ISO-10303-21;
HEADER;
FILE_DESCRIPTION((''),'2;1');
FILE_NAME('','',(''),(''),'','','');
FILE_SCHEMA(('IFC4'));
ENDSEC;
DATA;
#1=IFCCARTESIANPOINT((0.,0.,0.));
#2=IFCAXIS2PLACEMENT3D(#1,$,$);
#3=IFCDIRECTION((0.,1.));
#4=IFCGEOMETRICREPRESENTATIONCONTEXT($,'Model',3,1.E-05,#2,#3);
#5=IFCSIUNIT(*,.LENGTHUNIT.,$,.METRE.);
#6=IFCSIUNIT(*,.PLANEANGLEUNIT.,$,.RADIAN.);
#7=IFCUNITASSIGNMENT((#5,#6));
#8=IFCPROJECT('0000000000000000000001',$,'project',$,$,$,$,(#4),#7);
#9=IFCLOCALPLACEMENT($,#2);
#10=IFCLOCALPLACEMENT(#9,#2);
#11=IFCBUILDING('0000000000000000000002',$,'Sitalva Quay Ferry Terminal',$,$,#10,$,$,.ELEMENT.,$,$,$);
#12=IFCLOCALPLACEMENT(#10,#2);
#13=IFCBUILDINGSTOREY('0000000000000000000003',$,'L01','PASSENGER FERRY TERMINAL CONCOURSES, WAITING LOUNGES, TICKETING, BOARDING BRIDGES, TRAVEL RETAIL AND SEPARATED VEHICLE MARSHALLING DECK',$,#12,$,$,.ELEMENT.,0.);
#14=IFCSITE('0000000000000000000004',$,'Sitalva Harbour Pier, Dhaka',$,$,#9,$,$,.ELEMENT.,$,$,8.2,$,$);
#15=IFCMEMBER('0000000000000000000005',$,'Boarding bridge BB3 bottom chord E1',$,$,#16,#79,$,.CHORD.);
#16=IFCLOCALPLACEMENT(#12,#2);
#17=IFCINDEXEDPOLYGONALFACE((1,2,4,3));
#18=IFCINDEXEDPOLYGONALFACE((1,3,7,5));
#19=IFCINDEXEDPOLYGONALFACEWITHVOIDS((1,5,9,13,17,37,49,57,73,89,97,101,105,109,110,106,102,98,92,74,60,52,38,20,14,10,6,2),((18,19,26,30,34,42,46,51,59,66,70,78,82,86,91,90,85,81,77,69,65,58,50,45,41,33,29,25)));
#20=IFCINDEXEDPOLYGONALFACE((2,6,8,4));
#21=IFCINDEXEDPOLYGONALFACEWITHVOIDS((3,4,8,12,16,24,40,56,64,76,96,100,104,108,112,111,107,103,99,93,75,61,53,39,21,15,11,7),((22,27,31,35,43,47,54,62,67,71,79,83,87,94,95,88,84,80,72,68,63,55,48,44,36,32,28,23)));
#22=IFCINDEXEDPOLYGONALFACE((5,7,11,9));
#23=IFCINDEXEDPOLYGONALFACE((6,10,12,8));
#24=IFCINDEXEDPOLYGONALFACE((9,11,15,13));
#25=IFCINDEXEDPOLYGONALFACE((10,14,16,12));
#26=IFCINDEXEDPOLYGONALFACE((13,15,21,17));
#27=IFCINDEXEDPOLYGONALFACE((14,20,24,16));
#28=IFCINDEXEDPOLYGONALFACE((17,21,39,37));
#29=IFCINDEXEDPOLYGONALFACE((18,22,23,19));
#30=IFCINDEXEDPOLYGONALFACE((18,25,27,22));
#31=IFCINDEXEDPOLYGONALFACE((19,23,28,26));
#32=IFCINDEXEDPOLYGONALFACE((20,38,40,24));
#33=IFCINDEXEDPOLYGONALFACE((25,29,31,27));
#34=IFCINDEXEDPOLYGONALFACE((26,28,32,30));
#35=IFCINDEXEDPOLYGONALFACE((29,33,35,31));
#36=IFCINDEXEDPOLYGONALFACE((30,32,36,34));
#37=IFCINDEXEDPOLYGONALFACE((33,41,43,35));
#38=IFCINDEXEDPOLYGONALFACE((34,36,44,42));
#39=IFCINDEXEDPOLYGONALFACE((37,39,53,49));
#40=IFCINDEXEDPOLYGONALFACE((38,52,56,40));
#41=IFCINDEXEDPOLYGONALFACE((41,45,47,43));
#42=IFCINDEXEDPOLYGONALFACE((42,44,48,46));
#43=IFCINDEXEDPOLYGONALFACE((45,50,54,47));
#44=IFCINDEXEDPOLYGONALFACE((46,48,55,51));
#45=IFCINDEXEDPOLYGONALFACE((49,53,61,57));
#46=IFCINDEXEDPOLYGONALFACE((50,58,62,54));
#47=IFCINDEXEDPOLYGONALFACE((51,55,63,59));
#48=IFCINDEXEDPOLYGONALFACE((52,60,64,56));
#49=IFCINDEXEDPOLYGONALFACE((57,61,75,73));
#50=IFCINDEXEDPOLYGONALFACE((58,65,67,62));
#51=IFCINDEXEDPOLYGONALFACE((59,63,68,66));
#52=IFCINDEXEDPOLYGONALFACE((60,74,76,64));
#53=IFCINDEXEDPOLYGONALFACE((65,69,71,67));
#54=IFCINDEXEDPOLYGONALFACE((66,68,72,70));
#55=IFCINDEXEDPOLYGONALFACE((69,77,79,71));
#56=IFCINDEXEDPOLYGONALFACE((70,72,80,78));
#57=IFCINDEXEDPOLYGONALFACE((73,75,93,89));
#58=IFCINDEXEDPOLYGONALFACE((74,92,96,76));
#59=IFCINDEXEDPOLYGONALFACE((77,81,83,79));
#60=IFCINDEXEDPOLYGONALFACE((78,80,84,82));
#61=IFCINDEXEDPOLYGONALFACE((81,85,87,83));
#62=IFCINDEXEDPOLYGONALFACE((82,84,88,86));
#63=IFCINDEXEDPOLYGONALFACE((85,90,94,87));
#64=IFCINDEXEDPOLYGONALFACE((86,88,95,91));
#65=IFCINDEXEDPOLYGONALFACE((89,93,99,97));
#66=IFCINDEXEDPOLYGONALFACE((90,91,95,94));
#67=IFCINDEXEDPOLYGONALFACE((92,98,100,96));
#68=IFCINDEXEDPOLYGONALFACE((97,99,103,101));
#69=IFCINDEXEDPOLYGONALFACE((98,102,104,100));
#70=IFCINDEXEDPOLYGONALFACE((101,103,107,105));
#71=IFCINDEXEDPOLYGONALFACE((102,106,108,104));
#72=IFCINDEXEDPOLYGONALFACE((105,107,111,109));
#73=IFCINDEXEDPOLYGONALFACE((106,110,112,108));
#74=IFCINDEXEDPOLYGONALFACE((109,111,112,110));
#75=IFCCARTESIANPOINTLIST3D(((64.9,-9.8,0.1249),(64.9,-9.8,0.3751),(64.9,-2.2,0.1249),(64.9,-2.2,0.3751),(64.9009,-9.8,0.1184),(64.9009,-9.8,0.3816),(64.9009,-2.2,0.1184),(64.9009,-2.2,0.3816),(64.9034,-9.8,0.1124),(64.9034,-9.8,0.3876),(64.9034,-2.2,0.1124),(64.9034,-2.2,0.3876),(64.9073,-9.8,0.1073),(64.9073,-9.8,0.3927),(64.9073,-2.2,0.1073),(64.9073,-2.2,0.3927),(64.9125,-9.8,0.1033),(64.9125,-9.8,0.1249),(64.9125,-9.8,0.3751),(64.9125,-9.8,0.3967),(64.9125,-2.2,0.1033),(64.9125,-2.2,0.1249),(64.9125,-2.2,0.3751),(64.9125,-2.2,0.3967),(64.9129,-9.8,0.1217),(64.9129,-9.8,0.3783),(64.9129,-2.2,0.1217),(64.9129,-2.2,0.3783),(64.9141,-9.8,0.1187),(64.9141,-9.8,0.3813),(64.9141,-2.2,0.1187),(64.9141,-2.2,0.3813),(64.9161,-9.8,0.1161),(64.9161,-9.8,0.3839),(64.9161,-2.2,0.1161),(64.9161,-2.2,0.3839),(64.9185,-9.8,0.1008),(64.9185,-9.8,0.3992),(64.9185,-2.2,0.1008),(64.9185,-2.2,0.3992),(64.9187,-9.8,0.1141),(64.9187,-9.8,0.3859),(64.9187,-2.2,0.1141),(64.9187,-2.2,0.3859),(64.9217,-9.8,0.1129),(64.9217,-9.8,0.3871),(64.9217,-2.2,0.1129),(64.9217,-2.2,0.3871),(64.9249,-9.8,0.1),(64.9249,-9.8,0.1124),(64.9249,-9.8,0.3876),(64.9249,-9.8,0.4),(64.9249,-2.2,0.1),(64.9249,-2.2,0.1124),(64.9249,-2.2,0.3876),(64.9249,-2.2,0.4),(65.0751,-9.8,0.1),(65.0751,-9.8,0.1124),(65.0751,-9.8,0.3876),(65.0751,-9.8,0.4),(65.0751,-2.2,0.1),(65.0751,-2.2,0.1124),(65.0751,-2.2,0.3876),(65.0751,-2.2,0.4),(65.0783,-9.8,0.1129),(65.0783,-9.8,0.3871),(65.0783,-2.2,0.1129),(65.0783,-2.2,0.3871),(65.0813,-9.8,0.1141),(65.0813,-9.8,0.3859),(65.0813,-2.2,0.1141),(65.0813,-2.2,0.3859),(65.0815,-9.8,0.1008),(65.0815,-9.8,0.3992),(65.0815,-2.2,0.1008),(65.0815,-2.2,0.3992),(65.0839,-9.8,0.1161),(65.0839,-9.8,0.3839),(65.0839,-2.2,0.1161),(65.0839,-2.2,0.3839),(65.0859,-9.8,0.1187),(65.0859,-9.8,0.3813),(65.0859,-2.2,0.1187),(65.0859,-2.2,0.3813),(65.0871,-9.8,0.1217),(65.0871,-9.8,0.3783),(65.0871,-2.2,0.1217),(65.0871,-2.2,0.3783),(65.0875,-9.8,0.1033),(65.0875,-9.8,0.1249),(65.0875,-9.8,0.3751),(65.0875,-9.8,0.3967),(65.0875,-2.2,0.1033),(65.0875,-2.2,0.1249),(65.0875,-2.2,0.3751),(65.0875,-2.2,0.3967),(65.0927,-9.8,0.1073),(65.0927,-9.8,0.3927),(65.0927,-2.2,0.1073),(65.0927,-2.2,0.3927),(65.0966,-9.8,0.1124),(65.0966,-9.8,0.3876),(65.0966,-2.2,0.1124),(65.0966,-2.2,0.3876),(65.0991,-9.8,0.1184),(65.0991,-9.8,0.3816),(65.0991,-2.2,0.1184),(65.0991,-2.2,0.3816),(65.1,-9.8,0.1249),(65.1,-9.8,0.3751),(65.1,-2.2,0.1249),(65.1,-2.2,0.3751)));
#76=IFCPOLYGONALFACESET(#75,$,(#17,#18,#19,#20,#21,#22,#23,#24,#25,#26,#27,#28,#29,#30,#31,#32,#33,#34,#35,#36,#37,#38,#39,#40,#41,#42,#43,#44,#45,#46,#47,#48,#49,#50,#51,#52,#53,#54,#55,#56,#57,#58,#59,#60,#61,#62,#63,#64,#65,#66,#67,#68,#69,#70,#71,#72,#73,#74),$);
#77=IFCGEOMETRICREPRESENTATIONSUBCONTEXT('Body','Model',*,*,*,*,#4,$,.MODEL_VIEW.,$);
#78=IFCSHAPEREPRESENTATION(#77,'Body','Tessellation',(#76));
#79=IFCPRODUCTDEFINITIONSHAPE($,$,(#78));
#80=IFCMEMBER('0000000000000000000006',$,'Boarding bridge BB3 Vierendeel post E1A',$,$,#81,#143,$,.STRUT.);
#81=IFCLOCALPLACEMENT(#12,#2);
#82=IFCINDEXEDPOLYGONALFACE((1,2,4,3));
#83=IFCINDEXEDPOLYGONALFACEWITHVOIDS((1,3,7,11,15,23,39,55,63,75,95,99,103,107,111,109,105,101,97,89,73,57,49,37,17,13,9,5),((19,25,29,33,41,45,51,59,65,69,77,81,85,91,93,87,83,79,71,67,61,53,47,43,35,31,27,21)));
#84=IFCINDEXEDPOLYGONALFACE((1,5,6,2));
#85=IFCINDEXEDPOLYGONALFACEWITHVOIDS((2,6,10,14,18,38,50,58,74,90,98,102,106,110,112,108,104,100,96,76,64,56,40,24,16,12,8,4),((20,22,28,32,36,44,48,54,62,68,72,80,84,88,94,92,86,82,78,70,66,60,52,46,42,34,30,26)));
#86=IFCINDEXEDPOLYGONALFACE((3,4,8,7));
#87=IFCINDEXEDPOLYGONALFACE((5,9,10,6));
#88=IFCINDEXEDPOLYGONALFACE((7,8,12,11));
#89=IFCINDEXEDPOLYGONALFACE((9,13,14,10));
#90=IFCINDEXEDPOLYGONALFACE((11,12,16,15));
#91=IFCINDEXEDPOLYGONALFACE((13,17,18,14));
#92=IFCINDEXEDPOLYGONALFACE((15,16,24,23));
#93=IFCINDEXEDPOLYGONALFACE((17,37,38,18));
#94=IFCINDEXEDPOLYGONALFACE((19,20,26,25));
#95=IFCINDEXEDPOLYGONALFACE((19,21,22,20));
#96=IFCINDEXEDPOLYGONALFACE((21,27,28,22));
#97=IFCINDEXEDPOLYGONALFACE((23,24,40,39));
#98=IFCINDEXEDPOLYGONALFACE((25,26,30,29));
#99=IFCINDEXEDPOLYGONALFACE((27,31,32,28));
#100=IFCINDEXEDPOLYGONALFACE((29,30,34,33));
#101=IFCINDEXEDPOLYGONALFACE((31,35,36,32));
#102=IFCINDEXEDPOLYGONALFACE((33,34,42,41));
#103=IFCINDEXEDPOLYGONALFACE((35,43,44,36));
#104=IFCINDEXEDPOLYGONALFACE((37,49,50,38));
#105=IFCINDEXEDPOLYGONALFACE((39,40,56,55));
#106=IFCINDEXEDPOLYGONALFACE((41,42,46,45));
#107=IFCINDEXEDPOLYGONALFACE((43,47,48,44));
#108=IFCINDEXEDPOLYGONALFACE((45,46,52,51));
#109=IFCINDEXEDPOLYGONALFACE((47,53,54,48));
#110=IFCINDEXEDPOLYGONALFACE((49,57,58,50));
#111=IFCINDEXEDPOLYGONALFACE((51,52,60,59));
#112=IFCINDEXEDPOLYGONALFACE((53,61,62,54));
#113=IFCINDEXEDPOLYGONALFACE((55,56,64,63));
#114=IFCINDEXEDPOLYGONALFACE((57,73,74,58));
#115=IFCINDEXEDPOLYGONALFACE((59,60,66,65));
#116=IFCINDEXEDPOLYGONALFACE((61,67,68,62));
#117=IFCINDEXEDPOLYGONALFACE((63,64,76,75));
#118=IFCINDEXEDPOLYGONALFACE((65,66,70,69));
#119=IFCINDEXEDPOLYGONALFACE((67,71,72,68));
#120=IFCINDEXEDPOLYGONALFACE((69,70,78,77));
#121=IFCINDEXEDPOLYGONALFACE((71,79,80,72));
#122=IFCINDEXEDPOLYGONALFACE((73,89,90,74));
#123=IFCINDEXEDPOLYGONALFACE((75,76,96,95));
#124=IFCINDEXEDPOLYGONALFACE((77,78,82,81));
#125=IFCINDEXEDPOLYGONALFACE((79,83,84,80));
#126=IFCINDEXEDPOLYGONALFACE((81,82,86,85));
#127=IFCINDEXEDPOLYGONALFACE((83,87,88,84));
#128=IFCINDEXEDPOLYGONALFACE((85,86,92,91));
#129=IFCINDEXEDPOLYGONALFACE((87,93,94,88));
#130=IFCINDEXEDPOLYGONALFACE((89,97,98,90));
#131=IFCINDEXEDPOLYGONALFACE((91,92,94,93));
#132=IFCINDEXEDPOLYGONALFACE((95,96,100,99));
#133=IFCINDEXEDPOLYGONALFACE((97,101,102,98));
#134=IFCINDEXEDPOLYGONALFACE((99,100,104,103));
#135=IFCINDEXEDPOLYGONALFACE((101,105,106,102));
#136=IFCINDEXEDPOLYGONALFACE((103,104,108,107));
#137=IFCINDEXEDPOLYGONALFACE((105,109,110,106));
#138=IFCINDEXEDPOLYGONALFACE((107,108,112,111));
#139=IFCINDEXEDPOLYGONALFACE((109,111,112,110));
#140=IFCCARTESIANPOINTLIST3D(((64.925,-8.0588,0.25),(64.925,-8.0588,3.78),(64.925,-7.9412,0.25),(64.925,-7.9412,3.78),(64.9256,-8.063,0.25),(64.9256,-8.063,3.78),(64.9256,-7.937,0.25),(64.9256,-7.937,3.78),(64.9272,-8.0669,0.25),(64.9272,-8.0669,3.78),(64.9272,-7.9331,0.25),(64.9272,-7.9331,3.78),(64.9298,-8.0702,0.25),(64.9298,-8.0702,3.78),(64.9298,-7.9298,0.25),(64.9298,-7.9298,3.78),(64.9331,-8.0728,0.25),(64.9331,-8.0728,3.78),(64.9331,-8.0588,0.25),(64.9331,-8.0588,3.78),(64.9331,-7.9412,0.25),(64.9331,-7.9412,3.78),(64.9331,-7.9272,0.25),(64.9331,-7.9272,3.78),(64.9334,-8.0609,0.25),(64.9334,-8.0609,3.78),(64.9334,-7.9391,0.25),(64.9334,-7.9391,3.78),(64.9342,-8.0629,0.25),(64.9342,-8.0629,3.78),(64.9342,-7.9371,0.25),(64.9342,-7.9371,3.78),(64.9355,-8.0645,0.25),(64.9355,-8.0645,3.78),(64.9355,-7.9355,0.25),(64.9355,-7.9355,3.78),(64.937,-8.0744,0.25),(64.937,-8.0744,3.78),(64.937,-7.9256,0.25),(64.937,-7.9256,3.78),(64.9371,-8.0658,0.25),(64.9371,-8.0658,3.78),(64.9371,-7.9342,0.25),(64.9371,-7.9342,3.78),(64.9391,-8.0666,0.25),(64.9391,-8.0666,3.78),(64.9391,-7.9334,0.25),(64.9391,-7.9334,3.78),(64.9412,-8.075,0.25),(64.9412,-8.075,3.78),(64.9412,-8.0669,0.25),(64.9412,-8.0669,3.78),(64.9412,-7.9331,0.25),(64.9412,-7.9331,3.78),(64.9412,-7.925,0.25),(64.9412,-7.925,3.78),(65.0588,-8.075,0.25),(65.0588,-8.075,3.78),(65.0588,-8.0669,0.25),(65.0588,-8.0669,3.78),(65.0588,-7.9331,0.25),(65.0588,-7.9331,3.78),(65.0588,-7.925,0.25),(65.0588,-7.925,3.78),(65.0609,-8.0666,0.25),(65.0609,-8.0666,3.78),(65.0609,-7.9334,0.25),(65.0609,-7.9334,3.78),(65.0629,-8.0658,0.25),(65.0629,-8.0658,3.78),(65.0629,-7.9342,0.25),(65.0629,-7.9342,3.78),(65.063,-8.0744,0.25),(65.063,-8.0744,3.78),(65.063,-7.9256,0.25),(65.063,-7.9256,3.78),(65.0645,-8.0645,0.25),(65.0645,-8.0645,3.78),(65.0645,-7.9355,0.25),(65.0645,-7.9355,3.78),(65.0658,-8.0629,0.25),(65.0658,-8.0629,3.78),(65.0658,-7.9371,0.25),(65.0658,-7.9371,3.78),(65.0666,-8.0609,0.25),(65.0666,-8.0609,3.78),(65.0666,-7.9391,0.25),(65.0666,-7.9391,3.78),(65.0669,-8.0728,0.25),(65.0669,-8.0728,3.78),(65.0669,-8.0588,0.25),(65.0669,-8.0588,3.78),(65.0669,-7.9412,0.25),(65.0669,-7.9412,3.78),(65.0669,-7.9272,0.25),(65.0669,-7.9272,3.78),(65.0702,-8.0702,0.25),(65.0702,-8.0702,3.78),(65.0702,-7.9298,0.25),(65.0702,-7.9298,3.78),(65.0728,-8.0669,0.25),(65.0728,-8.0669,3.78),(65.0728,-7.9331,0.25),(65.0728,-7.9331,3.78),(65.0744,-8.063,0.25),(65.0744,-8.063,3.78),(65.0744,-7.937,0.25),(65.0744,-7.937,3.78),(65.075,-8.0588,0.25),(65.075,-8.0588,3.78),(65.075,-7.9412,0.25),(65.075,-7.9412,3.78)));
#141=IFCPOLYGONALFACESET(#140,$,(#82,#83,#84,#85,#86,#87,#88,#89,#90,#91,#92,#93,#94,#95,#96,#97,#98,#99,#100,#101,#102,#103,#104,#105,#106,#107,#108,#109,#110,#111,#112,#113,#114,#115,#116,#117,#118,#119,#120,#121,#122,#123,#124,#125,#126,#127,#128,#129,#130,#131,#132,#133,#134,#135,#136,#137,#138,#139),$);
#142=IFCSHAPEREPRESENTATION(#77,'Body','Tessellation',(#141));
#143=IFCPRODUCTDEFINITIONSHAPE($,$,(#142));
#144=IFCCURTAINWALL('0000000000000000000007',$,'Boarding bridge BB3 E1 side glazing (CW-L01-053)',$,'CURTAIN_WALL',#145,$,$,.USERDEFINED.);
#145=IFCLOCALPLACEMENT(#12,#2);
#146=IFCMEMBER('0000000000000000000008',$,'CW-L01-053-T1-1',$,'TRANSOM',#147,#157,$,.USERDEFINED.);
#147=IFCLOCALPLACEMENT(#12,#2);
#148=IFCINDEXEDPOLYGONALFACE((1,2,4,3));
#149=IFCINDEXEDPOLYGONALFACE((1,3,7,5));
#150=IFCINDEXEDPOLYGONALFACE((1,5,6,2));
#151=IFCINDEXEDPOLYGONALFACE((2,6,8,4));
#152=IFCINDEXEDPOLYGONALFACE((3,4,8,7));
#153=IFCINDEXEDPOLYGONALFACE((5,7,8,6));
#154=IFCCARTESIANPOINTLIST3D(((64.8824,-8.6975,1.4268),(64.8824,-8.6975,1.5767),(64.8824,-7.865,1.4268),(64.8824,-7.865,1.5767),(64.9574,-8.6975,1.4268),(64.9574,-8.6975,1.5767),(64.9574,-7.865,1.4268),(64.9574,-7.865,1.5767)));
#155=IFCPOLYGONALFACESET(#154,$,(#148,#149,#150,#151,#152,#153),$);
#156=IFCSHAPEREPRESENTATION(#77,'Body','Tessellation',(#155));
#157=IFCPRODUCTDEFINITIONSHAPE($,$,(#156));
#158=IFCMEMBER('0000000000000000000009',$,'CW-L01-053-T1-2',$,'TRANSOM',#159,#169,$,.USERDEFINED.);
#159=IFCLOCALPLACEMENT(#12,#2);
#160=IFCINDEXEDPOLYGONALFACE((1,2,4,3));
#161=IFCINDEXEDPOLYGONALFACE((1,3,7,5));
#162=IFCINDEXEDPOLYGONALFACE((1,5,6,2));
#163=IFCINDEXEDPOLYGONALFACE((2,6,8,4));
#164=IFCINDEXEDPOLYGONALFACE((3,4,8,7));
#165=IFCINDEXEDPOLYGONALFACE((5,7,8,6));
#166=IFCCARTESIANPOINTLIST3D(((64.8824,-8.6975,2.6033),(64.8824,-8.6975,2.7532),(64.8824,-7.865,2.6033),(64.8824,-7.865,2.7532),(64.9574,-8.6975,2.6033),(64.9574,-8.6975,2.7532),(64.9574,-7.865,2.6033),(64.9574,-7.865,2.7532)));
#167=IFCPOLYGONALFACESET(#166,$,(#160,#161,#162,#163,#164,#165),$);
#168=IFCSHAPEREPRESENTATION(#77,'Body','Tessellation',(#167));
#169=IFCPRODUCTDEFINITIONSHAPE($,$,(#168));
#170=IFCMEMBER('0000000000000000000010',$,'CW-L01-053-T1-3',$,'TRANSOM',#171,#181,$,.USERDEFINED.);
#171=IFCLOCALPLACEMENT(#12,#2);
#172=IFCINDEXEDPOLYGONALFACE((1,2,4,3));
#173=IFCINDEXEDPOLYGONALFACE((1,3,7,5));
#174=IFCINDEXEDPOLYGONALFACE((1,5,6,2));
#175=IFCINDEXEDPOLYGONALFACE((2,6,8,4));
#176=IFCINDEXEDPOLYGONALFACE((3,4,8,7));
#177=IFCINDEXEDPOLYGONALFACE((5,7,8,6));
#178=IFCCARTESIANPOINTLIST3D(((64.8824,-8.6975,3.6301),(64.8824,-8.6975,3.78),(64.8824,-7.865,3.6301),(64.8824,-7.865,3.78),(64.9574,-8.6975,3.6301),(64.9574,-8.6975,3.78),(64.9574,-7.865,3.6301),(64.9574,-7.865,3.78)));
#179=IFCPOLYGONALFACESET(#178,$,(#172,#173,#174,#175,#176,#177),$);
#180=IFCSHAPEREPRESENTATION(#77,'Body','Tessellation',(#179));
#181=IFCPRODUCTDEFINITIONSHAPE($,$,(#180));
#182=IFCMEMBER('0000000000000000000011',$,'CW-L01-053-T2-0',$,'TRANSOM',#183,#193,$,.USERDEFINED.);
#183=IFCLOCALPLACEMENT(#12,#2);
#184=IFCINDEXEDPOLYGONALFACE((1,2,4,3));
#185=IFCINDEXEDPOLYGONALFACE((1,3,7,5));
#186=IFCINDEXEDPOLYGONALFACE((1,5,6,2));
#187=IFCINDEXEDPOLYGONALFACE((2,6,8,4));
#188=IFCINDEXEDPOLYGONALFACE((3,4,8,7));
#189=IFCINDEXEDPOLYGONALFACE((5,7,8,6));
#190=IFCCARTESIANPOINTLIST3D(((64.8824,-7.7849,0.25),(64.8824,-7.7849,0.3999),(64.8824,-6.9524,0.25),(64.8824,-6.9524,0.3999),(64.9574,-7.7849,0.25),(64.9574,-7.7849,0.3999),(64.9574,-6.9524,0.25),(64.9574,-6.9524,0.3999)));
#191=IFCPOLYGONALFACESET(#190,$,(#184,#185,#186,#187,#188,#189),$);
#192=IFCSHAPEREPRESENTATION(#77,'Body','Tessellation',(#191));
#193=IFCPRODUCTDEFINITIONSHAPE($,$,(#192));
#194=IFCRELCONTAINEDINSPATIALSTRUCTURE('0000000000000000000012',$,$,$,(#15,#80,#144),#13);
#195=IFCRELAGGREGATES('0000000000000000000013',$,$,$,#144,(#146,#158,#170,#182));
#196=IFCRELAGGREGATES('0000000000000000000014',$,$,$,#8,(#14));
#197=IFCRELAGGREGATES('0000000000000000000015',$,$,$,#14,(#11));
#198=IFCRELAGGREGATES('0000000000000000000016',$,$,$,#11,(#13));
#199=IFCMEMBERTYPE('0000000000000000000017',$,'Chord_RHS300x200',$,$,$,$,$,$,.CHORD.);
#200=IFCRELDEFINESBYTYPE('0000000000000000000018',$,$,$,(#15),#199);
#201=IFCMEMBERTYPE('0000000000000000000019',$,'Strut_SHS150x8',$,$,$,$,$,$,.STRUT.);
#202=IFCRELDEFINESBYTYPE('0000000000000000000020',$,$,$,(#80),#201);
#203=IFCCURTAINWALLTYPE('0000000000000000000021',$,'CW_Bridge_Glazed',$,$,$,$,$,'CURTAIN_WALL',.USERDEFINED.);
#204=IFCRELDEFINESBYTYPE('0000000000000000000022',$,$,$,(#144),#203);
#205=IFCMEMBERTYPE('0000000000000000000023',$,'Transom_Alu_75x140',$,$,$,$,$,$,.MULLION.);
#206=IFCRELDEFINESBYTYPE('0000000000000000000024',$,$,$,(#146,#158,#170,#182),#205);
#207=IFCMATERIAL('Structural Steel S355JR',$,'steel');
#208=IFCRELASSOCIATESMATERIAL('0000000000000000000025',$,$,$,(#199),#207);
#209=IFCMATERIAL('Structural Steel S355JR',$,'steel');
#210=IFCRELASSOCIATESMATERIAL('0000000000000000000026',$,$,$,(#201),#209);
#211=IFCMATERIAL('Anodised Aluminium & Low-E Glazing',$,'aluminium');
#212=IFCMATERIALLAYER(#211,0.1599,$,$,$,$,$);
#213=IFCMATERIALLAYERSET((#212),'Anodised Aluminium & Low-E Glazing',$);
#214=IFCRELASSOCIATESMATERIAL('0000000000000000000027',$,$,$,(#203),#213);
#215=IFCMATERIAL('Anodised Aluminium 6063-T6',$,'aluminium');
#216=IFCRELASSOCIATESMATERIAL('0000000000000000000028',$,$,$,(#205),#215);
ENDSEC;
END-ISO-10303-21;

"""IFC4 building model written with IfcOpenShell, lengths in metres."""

from ifc_helpers import new_model, si_unit, direction, frame, origin, origin_2d, place, context, subcontext, project, spatial, rectangle, hollow_rectangle, extrude, material, layer, layer_set, material_profile, profile_set, type_object, element, aggregate, save


model = new_model("IFC4")

# Units and contexts
model_context = context("Model", 3, precision=1e-05, world=origin(), true_north=direction((0.0, 1.0)))
body_context = subcontext(model_context, "Body", "Model", "MODEL_VIEW")
ifc_project = project(units=[si_unit("LENGTHUNIT", "METRE"), si_unit("PLANEANGLEUNIT", "RADIAN")], contexts=[model_context])

# Site, building, storey
site_placement = place(None, origin())
site = spatial("IfcSite", under=ifc_project, at=site_placement, Name="Sitalva Harbour Pier, Dhaka", CompositionType="ELEMENT", RefElevation=8.2)
building_placement = place(site_placement, origin())
building = spatial("IfcBuilding", under=site, at=building_placement, Name="Sitalva Quay Ferry Terminal", CompositionType="ELEMENT")
storey_placement = place(building_placement, origin())
storey = spatial("IfcBuildingStorey", under=building, at=storey_placement, Name="L01", Description="PASSENGER FERRY TERMINAL CONCOURSES, WAITING LOUNGES, TICKETING, BOARDING BRIDGES, TRAVEL RETAIL AND SEPARATED VEHICLE MARSHALLING DECK", CompositionType="ELEMENT", Elevation=0.0)

# Members
ifc_material_1 = material(Name="Structural Steel S355JR", Category="steel")
ifc_material_profile_1 = material_profile(ifc_material_1, hollow_rectangle(XDim=0.2, YDim=0.3, WallThickness=0.0125, InnerFilletRadius=0.0125, OuterFilletRadius=0.0249, at=origin_2d()), Name="RHS300x200x12.5")
ifc_profile_set_1 = profile_set([ifc_material_profile_1], Name="Structural Steel S355JR")
member_type_1 = type_object("IfcMemberType", Name="Chord_RHS300x200", PredefinedType="CHORD", material=ifc_profile_set_1)
member_1_placement = place(storey_placement, frame((65.0, -9.8, 0.25), z_axis=(0.0, 1.0, 0.0), x_axis=(-1.0, 0.0, 0.0)))
element("IfcMember", 1, at=member_1_placement, inside=storey, type_object=member_type_1, Name="Boarding bridge BB3 bottom chord E1", PredefinedType="CHORD", context=body_context, shape_type="SweptSolid", body=[
    extrude(hollow_rectangle(XDim=0.2, YDim=0.3, WallThickness=0.0125, InnerFilletRadius=0.0125, OuterFilletRadius=0.0249, at=origin_2d()), origin(), (0.0, 0.0, 1.0), 7.6001),
])
ifc_material_2 = material(Name="Structural Steel S355JR", Category="steel")
ifc_material_profile_2 = material_profile(ifc_material_2, hollow_rectangle(XDim=0.1499, YDim=0.1499, WallThickness=0.0081, InnerFilletRadius=0.0081, OuterFilletRadius=0.0161, at=origin_2d()), Name="SHS150x150x8")
ifc_profile_set_2 = profile_set([ifc_material_profile_2], Name="Structural Steel S355JR")
member_type_2 = type_object("IfcMemberType", Name="Strut_SHS150x8", PredefinedType="STRUT", material=ifc_profile_set_2)
member_2_placement = place(storey_placement, frame((65.0, -8.0, 0.25), z_axis=(0.0, 0.0, 1.0), x_axis=(1.0, 0.0, 0.0)))
element("IfcMember", 2, at=member_2_placement, inside=storey, type_object=member_type_2, Name="Boarding bridge BB3 Vierendeel post E1A", PredefinedType="STRUT", context=body_context, shape_type="SweptSolid", body=[
    extrude(hollow_rectangle(XDim=0.1499, YDim=0.1499, WallThickness=0.0081, InnerFilletRadius=0.0081, OuterFilletRadius=0.0161, at=origin_2d()), origin(), (0.0, 0.0, 1.0), 3.53),
])

# Curtain wall, members
ifc_material_3 = material(Name="Anodised Aluminium & Low-E Glazing", Category="aluminium")
ifc_layer_1 = layer(ifc_material_3, 0.1599)
ifc_layer_set_1 = layer_set([ifc_layer_1], Name="Anodised Aluminium & Low-E Glazing")
curtain_wall_type = type_object("IfcCurtainWallType", Name="CW_Bridge_Glazed", ElementType="CURTAIN_WALL", PredefinedType="USERDEFINED", material=ifc_layer_set_1)
curtain_wall_placement = place(storey_placement, origin())
curtain_wall = element("IfcCurtainWall", 3, at=curtain_wall_placement, inside=storey, type_object=curtain_wall_type, Name="Boarding bridge BB3 E1 side glazing (CW-L01-053)", ObjectType="CURTAIN_WALL", PredefinedType="USERDEFINED")
ifc_material_4 = material(Name="Anodised Aluminium 6063-T6", Category="aluminium")
ifc_material_profile_3 = material_profile(ifc_material_4, rectangle(XDim=0.075, YDim=0.1499, at=origin_2d()), Name="ALU75x150")
ifc_profile_set_3 = profile_set([ifc_material_profile_3], Name="Anodised Aluminium 6063-T6")
member_type_3 = type_object("IfcMemberType", Name="Transom_Alu_75x140", PredefinedType="MULLION", material=ifc_profile_set_3)
member_3_placement = place(storey_placement, frame((64.9199, -8.6975, 1.5017), z_axis=(0.0, 1.0, 0.0), x_axis=(-1.0, 0.0, 0.0)))
member_3 = element("IfcMember", 4, at=member_3_placement, type_object=member_type_3, Name="CW-L01-053-T1-1", ObjectType="TRANSOM", PredefinedType="USERDEFINED", context=body_context, shape_type="SweptSolid", body=[
    extrude(rectangle(XDim=0.075, YDim=0.1499, at=origin_2d()), origin(), (0.0, 0.0, 1.0), 0.8325),
])
member_4_placement = place(storey_placement, frame((64.9199, -8.6975, 2.6782), z_axis=(0.0, 1.0, 0.0), x_axis=(-1.0, 0.0, 0.0)))
member_4 = element("IfcMember", 5, at=member_4_placement, type_object=member_type_3, Name="CW-L01-053-T1-2", ObjectType="TRANSOM", PredefinedType="USERDEFINED", context=body_context, shape_type="SweptSolid", body=[
    extrude(rectangle(XDim=0.075, YDim=0.1499, at=origin_2d()), origin(), (0.0, 0.0, 1.0), 0.8325),
])
member_5_placement = place(storey_placement, frame((64.9199, -8.6975, 3.7051), z_axis=(0.0, 1.0, 0.0), x_axis=(-1.0, 0.0, 0.0)))
member_5 = element("IfcMember", 6, at=member_5_placement, type_object=member_type_3, Name="CW-L01-053-T1-3", ObjectType="TRANSOM", PredefinedType="USERDEFINED", context=body_context, shape_type="SweptSolid", body=[
    extrude(rectangle(XDim=0.075, YDim=0.1499, at=origin_2d()), origin(), (0.0, 0.0, 1.0), 0.8325),
])
member_6_placement = place(storey_placement, frame((64.9199, -7.7849, 0.325), z_axis=(0.0, 1.0, 0.0), x_axis=(-1.0, 0.0, 0.0)))
member_6 = element("IfcMember", 7, at=member_6_placement, type_object=member_type_3, Name="CW-L01-053-T2-0", ObjectType="TRANSOM", PredefinedType="USERDEFINED", context=body_context, shape_type="SweptSolid", body=[
    extrude(rectangle(XDim=0.075, YDim=0.1499, at=origin_2d()), origin(), (0.0, 0.0, 1.0), 0.8325),
])

aggregate(curtain_wall, [member_3, member_4, member_5, member_6])

save(model, "model.ifc")
